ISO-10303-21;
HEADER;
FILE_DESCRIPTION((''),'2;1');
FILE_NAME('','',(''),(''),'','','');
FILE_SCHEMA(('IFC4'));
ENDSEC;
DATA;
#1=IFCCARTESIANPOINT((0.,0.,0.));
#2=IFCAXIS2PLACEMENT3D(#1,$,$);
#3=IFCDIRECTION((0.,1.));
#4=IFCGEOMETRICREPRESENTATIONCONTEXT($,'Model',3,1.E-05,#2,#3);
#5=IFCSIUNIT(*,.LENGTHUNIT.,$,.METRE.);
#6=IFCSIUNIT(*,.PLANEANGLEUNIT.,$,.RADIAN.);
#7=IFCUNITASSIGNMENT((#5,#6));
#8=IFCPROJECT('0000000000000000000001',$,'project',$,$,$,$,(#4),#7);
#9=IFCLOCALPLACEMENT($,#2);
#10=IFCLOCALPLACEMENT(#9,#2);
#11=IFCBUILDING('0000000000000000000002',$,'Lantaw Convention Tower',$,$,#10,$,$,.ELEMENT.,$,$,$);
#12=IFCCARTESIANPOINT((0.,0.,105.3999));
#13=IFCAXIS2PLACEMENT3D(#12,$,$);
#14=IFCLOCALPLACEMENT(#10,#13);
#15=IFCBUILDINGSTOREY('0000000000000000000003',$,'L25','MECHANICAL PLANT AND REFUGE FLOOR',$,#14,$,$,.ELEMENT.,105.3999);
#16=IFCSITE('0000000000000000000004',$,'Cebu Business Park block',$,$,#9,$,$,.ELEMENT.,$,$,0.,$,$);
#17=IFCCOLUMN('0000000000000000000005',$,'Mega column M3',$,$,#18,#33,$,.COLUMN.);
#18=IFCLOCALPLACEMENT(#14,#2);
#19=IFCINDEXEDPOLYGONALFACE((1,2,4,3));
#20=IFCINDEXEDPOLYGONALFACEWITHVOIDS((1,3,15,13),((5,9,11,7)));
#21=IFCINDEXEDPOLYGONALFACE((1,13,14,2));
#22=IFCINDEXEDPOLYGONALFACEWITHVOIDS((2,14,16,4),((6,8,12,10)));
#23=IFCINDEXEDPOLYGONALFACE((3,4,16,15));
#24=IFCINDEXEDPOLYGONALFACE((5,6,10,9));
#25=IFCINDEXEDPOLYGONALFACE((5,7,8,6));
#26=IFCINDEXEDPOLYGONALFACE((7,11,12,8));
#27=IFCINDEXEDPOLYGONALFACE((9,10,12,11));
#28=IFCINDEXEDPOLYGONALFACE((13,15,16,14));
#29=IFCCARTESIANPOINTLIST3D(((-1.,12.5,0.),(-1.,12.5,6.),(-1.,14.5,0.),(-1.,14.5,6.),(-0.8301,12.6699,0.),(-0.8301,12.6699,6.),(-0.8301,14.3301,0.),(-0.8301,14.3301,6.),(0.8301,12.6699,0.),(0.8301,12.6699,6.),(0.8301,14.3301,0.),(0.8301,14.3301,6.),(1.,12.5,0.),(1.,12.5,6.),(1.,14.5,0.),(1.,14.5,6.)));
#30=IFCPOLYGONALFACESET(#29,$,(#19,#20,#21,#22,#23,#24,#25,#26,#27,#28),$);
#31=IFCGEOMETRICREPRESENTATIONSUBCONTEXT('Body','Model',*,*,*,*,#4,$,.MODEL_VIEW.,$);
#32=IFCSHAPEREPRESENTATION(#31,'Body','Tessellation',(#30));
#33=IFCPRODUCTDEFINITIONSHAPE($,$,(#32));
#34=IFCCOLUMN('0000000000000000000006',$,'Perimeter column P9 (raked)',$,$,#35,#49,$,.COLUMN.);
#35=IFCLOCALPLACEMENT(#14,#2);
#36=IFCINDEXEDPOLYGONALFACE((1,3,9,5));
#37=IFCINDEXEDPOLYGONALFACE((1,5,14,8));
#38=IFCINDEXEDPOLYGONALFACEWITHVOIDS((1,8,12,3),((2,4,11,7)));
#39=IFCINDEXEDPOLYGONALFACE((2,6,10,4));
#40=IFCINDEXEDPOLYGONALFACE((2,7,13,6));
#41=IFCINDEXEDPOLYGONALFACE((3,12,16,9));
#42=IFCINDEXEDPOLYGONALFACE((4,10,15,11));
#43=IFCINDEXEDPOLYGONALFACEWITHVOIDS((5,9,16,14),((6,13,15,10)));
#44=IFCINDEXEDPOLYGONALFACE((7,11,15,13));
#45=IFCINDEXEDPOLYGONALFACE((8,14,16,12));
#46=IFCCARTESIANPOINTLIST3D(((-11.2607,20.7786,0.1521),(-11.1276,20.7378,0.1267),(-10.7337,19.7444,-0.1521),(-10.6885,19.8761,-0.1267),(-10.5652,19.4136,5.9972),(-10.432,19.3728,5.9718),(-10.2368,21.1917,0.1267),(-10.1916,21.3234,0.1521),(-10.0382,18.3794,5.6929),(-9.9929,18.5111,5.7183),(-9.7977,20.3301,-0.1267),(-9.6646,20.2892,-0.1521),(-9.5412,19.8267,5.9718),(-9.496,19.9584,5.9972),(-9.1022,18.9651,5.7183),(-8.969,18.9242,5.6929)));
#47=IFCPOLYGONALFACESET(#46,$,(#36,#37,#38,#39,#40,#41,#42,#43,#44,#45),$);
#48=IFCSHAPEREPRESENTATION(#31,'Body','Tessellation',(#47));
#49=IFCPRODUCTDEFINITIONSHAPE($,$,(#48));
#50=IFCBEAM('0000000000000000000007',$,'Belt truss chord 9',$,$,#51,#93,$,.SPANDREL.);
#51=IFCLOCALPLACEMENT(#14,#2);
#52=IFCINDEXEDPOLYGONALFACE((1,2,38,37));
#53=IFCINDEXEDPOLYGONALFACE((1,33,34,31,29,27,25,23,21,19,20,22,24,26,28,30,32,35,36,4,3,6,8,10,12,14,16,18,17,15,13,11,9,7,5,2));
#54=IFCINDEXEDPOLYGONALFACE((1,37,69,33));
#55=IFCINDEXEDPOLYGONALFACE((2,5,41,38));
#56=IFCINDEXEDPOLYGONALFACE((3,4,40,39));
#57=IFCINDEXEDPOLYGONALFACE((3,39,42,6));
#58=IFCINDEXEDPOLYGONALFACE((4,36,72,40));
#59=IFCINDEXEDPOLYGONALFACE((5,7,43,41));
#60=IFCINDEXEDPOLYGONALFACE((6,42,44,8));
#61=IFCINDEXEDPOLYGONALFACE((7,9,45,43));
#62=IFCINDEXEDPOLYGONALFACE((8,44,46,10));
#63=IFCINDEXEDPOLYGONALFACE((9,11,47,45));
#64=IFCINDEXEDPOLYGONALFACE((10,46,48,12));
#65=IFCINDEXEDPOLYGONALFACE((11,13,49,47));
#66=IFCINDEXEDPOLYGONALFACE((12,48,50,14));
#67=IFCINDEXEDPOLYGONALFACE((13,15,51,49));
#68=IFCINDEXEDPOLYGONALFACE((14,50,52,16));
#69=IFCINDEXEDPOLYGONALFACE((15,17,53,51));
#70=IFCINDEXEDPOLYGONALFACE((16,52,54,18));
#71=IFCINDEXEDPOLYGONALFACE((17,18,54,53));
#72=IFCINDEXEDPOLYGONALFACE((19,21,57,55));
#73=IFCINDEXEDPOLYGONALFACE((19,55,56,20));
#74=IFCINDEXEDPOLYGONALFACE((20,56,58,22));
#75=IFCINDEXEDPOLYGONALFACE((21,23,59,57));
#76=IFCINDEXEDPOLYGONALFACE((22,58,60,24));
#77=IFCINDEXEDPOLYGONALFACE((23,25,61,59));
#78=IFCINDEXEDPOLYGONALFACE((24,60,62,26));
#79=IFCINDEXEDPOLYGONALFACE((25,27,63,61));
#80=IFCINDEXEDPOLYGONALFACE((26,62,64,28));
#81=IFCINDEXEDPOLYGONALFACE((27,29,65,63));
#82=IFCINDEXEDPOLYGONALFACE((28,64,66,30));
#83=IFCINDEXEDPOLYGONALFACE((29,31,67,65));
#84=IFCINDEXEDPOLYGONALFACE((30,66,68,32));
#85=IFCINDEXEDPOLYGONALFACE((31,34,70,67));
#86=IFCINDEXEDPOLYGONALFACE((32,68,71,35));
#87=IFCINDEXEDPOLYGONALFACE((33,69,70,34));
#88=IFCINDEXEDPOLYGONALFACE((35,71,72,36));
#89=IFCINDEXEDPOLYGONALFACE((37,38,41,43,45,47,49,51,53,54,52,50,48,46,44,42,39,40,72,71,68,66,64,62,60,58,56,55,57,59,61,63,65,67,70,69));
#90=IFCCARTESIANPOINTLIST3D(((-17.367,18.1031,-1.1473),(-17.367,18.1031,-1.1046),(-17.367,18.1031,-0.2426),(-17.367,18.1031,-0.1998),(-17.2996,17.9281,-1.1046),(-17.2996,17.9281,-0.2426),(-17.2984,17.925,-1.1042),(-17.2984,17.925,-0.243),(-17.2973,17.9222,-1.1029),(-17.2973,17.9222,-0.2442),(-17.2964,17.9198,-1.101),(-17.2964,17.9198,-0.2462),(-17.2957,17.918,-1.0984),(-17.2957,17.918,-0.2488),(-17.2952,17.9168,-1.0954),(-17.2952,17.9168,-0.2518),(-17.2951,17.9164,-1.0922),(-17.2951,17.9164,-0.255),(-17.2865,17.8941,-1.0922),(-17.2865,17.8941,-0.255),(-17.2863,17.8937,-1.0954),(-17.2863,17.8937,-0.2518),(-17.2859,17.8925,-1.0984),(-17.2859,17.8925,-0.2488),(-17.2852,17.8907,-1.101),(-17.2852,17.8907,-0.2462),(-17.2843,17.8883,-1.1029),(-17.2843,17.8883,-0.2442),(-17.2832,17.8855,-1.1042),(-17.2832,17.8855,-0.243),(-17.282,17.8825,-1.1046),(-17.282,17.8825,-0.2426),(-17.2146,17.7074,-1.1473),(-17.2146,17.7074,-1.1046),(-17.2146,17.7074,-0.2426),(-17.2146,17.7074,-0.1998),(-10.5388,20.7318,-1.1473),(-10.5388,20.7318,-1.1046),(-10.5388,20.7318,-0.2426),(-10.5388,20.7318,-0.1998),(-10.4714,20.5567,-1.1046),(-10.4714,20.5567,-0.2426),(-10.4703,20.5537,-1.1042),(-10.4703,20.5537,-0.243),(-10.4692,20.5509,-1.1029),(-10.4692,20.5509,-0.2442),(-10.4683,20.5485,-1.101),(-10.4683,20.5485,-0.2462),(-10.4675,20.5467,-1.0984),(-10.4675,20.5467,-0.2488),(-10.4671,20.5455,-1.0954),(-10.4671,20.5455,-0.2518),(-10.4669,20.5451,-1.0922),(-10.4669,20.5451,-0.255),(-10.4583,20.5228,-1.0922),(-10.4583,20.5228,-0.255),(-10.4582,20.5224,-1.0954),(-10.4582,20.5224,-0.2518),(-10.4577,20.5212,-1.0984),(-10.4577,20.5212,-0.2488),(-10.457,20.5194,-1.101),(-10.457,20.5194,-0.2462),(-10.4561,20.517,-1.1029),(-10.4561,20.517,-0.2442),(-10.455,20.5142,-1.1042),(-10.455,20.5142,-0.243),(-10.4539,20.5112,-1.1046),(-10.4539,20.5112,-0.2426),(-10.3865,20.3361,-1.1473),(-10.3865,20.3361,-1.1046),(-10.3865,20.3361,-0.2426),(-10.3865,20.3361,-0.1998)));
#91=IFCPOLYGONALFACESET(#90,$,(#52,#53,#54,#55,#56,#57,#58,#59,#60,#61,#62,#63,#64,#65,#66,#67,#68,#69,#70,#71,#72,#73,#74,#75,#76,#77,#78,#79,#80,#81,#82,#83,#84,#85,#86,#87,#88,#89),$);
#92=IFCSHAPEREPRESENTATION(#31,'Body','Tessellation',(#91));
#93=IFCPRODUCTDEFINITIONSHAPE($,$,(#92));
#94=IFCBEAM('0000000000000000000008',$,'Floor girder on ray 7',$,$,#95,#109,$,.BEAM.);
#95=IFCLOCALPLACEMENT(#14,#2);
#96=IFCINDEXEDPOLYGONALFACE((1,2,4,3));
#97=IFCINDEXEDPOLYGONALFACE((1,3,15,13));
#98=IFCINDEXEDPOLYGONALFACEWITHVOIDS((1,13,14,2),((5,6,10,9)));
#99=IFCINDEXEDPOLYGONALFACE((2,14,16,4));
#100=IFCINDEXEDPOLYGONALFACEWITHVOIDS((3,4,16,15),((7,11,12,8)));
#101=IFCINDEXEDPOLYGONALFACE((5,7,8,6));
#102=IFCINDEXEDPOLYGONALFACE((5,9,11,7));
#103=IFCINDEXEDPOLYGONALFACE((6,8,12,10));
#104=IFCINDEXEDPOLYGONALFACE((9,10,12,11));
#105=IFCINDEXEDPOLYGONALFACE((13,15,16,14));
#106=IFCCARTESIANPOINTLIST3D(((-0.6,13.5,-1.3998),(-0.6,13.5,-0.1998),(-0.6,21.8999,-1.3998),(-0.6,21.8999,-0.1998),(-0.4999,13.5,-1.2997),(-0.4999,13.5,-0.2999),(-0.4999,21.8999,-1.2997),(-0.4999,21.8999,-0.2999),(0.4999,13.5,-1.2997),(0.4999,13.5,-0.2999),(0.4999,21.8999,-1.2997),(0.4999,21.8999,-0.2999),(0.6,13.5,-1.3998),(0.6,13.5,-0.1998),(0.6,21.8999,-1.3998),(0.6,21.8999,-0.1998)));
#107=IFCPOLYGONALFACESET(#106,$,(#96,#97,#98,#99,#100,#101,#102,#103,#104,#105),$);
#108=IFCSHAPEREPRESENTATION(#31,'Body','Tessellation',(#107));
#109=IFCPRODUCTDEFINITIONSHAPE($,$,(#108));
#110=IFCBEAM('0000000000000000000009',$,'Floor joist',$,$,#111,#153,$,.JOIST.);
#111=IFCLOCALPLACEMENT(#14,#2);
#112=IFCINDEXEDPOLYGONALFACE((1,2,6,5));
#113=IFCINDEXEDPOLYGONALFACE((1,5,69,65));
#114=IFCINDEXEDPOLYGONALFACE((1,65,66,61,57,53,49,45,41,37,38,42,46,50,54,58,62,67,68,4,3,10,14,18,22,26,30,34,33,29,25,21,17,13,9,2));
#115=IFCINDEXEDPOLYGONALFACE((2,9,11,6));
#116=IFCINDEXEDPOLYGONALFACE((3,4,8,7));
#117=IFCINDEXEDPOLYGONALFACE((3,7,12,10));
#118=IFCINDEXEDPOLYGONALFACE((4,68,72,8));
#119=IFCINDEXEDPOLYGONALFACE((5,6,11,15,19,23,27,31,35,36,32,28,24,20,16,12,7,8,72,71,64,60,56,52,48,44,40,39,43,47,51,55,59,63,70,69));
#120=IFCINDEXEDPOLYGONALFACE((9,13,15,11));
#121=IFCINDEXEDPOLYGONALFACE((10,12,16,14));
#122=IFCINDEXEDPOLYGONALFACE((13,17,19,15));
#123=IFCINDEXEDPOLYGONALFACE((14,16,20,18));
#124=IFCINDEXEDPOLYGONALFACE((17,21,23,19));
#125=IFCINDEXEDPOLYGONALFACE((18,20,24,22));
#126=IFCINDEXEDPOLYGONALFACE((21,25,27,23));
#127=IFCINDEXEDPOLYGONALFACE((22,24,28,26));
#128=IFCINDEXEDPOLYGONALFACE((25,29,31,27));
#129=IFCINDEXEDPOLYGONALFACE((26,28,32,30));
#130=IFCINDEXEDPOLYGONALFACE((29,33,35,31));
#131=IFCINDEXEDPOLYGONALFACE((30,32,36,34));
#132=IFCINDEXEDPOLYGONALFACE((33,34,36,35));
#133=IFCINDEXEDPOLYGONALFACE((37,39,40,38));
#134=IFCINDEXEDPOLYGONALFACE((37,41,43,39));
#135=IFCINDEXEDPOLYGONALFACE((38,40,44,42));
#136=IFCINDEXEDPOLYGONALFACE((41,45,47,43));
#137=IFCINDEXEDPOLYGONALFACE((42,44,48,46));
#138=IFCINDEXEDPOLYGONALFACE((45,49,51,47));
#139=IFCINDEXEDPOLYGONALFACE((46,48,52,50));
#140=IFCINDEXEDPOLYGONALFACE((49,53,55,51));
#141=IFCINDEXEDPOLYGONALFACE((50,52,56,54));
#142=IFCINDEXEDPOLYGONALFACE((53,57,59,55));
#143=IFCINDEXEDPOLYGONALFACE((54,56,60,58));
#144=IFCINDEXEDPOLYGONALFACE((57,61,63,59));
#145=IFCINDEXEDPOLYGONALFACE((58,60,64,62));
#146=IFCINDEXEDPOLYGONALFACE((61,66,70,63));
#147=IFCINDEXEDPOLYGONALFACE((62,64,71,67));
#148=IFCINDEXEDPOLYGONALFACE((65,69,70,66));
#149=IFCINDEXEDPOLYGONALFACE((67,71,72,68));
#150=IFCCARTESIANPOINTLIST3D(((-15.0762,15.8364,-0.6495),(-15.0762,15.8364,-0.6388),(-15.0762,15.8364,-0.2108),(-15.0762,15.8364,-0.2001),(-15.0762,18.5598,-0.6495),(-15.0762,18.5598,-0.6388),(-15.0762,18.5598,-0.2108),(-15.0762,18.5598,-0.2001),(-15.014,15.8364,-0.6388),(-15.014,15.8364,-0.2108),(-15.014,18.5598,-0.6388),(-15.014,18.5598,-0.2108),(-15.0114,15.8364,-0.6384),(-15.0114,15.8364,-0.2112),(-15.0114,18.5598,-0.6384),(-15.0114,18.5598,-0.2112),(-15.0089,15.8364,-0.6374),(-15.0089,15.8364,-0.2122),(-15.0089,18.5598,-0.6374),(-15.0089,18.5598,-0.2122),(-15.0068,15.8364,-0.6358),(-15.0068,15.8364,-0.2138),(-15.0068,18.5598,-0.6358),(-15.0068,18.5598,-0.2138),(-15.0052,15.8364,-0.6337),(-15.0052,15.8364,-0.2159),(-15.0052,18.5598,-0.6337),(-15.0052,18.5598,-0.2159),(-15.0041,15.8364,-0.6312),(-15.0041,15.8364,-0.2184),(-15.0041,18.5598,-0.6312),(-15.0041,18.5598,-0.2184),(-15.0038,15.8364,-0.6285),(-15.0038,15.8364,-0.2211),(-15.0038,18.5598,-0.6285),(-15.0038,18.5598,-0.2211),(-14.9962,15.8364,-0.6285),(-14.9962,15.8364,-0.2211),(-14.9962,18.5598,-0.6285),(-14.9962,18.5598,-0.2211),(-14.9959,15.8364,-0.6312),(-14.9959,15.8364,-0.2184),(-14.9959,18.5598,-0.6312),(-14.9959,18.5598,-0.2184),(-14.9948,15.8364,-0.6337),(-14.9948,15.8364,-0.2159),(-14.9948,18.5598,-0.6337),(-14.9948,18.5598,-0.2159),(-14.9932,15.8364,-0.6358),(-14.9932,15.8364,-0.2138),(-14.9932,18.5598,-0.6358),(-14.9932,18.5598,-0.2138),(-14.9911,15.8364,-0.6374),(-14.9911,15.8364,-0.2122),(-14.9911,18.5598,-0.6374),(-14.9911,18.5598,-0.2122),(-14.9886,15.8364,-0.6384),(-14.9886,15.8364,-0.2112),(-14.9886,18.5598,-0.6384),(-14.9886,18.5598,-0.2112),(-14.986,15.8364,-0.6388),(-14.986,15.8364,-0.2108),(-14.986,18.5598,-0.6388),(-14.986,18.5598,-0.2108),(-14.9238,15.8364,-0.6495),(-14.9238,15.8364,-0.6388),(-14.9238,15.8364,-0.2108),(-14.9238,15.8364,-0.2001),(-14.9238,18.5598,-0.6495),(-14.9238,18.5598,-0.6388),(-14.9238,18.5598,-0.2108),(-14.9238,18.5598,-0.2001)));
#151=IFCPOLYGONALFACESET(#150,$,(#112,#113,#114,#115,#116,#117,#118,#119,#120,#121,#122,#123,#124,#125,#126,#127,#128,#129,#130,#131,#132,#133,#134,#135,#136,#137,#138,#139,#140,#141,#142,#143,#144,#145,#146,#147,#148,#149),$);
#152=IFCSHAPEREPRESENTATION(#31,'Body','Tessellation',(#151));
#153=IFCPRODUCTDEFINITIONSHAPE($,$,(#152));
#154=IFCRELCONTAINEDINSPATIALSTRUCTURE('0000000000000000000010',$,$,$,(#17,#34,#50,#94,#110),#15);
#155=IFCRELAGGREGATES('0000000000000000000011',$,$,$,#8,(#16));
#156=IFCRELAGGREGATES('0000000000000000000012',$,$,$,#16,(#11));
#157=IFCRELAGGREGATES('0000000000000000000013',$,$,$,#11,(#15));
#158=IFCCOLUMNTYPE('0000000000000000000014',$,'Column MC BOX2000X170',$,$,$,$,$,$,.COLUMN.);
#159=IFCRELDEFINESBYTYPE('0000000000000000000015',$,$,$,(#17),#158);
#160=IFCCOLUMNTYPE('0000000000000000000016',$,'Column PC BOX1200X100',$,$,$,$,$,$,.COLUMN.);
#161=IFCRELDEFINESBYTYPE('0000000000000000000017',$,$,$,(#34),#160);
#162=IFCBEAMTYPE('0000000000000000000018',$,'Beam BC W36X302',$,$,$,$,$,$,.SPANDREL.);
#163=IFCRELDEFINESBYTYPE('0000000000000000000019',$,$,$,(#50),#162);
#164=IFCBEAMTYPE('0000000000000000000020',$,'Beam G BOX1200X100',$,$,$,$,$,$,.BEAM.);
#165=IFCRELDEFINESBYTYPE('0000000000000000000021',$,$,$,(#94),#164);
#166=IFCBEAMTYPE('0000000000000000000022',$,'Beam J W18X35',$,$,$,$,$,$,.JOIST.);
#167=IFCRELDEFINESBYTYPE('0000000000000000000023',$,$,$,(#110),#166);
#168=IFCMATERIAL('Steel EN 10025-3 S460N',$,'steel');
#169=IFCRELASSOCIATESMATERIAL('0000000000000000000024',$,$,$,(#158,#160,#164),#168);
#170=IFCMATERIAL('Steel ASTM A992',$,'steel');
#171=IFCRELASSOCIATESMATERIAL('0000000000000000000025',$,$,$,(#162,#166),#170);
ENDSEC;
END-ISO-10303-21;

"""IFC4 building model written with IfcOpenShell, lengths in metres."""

from ifc_helpers import new_model, si_unit, direction, frame, origin, origin_2d, place, context, subcontext, project, spatial, rectangle, hollow_rectangle, i_section, extrude, material, material_profile, profile_set, type_object, element, save


model = new_model("IFC4")

# Units and contexts
model_context = context("Model", 3, precision=1e-05, world=origin(), true_north=direction((0.0, 1.0)))
body_context = subcontext(model_context, "Body", "Model", "MODEL_VIEW")
ifc_project = project(units=[si_unit("LENGTHUNIT", "METRE"), si_unit("PLANEANGLEUNIT", "RADIAN")], contexts=[model_context])

# Site, building, storey
site_placement = place(None, origin())
site = spatial("IfcSite", under=ifc_project, at=site_placement, Name="Cebu Business Park block", CompositionType="ELEMENT", RefElevation=0.0)
building_placement = place(site_placement, origin())
building = spatial("IfcBuilding", under=site, at=building_placement, Name="Lantaw Convention Tower", CompositionType="ELEMENT")
storey_placement = place(building_placement, frame((0.0, 0.0, 105.3999)))
storey = spatial("IfcBuildingStorey", under=building, at=storey_placement, Name="L25", Description="MECHANICAL PLANT AND REFUGE FLOOR", CompositionType="ELEMENT", Elevation=105.3999)

# Columns
ifc_material_1 = material(Name="Steel EN 10025-3 S460N", Category="steel")
ifc_material_profile_1 = material_profile(ifc_material_1, hollow_rectangle(XDim=2.0, YDim=2.0, WallThickness=0.1699, at=origin_2d()), Name="BOX2000X170")
ifc_material_2 = material(Name="Concrete C60/75", Category="concrete")
ifc_material_profile_2 = material_profile(ifc_material_2, rectangle(XDim=1.6599, YDim=1.6599, at=origin_2d()), Name="Concrete fill of BOX2000X170")
ifc_profile_set_1 = profile_set([ifc_material_profile_1, ifc_material_profile_2], Name="Steel EN 10025-3 S460N")
column_type_1 = type_object("IfcColumnType", Name="Column MC BOX2000X170", PredefinedType="COLUMN", material=ifc_profile_set_1)
column_1_placement = place(storey_placement, frame((0.0, 13.5, 0.0), z_axis=(0.0, 0.0, 1.0), x_axis=(1.0, 0.0, 0.0)))
element("IfcColumn", 1, at=column_1_placement, inside=storey, type_object=column_type_1, Name="Mega column M3", PredefinedType="COLUMN", context=body_context, shape_type="SweptSolid", body=[
    extrude(hollow_rectangle(XDim=2.0, YDim=2.0, WallThickness=0.1699, at=origin_2d()), origin(), (0.0, 0.0, 1.0), 6.0),
])
ifc_material_profile_3 = material_profile(ifc_material_1, hollow_rectangle(XDim=1.2, YDim=1.2, WallThickness=0.1001, at=origin_2d()), Name="BOX1200X100")
ifc_material_profile_4 = material_profile(ifc_material_2, rectangle(XDim=1.0, YDim=1.0, at=origin_2d()), Name="Concrete fill of BOX1200X100")
ifc_profile_set_2 = profile_set([ifc_material_profile_3, ifc_material_profile_4], Name="Steel EN 10025-3 S460N")
column_type_2 = type_object("IfcColumnType", Name="Column PC BOX1200X100", PredefinedType="COLUMN", material=ifc_profile_set_2)
column_2_placement = place(storey_placement, frame((-10.4626, 20.5339, 0.0), z_axis=(0.115113, -0.225902, 0.967325), x_axis=(0.890991, 0.454021, 0.0)))
element("IfcColumn", 2, at=column_2_placement, inside=storey, type_object=column_type_2, Name="Perimeter column P9 (raked)", PredefinedType="COLUMN", context=body_context, shape_type="SweptSolid", body=[
    extrude(hollow_rectangle(XDim=1.2, YDim=1.2, WallThickness=0.1001, at=origin_2d()), origin(), (0.0, 0.0, 1.0), 6.0425),
])

# Beams
ifc_material_3 = material(Name="Steel ASTM A992", Category="steel")
ifc_material_profile_5 = material_profile(ifc_material_3, i_section(OverallWidth=0.4241, OverallDepth=0.9475, WebThickness=0.0239, FlangeThickness=0.0427, FilletRadius=0.0125, at=origin_2d()), Name="W36X302")
ifc_profile_set_3 = profile_set([ifc_material_profile_5], Name="Steel ASTM A992")
beam_type_1 = type_object("IfcBeamType", Name="Beam BC W36X302", PredefinedType="SPANDREL", material=ifc_profile_set_3)
beam_1_placement = place(storey_placement, frame((-10.4626, 20.5339, -0.6736), z_axis=(-0.933233, -0.359272, 0.0), x_axis=(0.359272, -0.933233, 0.0)))
element("IfcBeam", 3, at=beam_1_placement, inside=storey, type_object=beam_type_1, Name="Belt truss chord 9", PredefinedType="SPANDREL", context=body_context, shape_type="SweptSolid", body=[
    extrude(i_section(OverallWidth=0.4241, OverallDepth=0.9475, WebThickness=0.0239, FlangeThickness=0.0427, FilletRadius=0.0125, at=origin_2d()), origin(), (0.0, 0.0, 1.0), 7.3167),
])
ifc_material_profile_6 = material_profile(ifc_material_1, hollow_rectangle(XDim=1.2, YDim=1.2, WallThickness=0.1001, at=origin_2d()), Name="BOX1200X100")
ifc_profile_set_4 = profile_set([ifc_material_profile_6], Name="Steel EN 10025-3 S460N")
beam_type_2 = type_object("IfcBeamType", Name="Beam G BOX1200X100", PredefinedType="BEAM", material=ifc_profile_set_4)
beam_2_placement = place(storey_placement, frame((0.0, 13.5, -0.7998), z_axis=(0.0, 1.0, 0.0), x_axis=(-1.0, 0.0, 0.0)))
element("IfcBeam", 4, at=beam_2_placement, inside=storey, type_object=beam_type_2, Name="Floor girder on ray 7", PredefinedType="BEAM", context=body_context, shape_type="SweptSolid", body=[
    extrude(hollow_rectangle(XDim=1.2, YDim=1.2, WallThickness=0.1001, at=origin_2d()), origin(), (0.0, 0.0, 1.0), 8.3999),
])
ifc_material_profile_7 = material_profile(ifc_material_3, i_section(OverallWidth=0.1523, OverallDepth=0.4495, WebThickness=0.0076, FlangeThickness=0.0107, FilletRadius=0.0103, at=origin_2d()), Name="W18X35")
ifc_profile_set_5 = profile_set([ifc_material_profile_7], Name="Steel ASTM A992")
beam_type_3 = type_object("IfcBeamType", Name="Beam J W18X35", PredefinedType="JOIST", material=ifc_profile_set_5)
beam_3_placement = place(storey_placement, frame((-15.0, 15.8364, -0.4248), z_axis=(0.0, 1.0, 0.0), x_axis=(-1.0, 0.0, 0.0)))
element("IfcBeam", 5, at=beam_3_placement, inside=storey, type_object=beam_type_3, Name="Floor joist", PredefinedType="JOIST", context=body_context, shape_type="SweptSolid", body=[
    extrude(i_section(OverallWidth=0.1523, OverallDepth=0.4495, WebThickness=0.0076, FlangeThickness=0.0107, FilletRadius=0.0103, at=origin_2d()), origin(), (0.0, 0.0, 1.0), 2.7234),
])

save(model, "model.ifc")
